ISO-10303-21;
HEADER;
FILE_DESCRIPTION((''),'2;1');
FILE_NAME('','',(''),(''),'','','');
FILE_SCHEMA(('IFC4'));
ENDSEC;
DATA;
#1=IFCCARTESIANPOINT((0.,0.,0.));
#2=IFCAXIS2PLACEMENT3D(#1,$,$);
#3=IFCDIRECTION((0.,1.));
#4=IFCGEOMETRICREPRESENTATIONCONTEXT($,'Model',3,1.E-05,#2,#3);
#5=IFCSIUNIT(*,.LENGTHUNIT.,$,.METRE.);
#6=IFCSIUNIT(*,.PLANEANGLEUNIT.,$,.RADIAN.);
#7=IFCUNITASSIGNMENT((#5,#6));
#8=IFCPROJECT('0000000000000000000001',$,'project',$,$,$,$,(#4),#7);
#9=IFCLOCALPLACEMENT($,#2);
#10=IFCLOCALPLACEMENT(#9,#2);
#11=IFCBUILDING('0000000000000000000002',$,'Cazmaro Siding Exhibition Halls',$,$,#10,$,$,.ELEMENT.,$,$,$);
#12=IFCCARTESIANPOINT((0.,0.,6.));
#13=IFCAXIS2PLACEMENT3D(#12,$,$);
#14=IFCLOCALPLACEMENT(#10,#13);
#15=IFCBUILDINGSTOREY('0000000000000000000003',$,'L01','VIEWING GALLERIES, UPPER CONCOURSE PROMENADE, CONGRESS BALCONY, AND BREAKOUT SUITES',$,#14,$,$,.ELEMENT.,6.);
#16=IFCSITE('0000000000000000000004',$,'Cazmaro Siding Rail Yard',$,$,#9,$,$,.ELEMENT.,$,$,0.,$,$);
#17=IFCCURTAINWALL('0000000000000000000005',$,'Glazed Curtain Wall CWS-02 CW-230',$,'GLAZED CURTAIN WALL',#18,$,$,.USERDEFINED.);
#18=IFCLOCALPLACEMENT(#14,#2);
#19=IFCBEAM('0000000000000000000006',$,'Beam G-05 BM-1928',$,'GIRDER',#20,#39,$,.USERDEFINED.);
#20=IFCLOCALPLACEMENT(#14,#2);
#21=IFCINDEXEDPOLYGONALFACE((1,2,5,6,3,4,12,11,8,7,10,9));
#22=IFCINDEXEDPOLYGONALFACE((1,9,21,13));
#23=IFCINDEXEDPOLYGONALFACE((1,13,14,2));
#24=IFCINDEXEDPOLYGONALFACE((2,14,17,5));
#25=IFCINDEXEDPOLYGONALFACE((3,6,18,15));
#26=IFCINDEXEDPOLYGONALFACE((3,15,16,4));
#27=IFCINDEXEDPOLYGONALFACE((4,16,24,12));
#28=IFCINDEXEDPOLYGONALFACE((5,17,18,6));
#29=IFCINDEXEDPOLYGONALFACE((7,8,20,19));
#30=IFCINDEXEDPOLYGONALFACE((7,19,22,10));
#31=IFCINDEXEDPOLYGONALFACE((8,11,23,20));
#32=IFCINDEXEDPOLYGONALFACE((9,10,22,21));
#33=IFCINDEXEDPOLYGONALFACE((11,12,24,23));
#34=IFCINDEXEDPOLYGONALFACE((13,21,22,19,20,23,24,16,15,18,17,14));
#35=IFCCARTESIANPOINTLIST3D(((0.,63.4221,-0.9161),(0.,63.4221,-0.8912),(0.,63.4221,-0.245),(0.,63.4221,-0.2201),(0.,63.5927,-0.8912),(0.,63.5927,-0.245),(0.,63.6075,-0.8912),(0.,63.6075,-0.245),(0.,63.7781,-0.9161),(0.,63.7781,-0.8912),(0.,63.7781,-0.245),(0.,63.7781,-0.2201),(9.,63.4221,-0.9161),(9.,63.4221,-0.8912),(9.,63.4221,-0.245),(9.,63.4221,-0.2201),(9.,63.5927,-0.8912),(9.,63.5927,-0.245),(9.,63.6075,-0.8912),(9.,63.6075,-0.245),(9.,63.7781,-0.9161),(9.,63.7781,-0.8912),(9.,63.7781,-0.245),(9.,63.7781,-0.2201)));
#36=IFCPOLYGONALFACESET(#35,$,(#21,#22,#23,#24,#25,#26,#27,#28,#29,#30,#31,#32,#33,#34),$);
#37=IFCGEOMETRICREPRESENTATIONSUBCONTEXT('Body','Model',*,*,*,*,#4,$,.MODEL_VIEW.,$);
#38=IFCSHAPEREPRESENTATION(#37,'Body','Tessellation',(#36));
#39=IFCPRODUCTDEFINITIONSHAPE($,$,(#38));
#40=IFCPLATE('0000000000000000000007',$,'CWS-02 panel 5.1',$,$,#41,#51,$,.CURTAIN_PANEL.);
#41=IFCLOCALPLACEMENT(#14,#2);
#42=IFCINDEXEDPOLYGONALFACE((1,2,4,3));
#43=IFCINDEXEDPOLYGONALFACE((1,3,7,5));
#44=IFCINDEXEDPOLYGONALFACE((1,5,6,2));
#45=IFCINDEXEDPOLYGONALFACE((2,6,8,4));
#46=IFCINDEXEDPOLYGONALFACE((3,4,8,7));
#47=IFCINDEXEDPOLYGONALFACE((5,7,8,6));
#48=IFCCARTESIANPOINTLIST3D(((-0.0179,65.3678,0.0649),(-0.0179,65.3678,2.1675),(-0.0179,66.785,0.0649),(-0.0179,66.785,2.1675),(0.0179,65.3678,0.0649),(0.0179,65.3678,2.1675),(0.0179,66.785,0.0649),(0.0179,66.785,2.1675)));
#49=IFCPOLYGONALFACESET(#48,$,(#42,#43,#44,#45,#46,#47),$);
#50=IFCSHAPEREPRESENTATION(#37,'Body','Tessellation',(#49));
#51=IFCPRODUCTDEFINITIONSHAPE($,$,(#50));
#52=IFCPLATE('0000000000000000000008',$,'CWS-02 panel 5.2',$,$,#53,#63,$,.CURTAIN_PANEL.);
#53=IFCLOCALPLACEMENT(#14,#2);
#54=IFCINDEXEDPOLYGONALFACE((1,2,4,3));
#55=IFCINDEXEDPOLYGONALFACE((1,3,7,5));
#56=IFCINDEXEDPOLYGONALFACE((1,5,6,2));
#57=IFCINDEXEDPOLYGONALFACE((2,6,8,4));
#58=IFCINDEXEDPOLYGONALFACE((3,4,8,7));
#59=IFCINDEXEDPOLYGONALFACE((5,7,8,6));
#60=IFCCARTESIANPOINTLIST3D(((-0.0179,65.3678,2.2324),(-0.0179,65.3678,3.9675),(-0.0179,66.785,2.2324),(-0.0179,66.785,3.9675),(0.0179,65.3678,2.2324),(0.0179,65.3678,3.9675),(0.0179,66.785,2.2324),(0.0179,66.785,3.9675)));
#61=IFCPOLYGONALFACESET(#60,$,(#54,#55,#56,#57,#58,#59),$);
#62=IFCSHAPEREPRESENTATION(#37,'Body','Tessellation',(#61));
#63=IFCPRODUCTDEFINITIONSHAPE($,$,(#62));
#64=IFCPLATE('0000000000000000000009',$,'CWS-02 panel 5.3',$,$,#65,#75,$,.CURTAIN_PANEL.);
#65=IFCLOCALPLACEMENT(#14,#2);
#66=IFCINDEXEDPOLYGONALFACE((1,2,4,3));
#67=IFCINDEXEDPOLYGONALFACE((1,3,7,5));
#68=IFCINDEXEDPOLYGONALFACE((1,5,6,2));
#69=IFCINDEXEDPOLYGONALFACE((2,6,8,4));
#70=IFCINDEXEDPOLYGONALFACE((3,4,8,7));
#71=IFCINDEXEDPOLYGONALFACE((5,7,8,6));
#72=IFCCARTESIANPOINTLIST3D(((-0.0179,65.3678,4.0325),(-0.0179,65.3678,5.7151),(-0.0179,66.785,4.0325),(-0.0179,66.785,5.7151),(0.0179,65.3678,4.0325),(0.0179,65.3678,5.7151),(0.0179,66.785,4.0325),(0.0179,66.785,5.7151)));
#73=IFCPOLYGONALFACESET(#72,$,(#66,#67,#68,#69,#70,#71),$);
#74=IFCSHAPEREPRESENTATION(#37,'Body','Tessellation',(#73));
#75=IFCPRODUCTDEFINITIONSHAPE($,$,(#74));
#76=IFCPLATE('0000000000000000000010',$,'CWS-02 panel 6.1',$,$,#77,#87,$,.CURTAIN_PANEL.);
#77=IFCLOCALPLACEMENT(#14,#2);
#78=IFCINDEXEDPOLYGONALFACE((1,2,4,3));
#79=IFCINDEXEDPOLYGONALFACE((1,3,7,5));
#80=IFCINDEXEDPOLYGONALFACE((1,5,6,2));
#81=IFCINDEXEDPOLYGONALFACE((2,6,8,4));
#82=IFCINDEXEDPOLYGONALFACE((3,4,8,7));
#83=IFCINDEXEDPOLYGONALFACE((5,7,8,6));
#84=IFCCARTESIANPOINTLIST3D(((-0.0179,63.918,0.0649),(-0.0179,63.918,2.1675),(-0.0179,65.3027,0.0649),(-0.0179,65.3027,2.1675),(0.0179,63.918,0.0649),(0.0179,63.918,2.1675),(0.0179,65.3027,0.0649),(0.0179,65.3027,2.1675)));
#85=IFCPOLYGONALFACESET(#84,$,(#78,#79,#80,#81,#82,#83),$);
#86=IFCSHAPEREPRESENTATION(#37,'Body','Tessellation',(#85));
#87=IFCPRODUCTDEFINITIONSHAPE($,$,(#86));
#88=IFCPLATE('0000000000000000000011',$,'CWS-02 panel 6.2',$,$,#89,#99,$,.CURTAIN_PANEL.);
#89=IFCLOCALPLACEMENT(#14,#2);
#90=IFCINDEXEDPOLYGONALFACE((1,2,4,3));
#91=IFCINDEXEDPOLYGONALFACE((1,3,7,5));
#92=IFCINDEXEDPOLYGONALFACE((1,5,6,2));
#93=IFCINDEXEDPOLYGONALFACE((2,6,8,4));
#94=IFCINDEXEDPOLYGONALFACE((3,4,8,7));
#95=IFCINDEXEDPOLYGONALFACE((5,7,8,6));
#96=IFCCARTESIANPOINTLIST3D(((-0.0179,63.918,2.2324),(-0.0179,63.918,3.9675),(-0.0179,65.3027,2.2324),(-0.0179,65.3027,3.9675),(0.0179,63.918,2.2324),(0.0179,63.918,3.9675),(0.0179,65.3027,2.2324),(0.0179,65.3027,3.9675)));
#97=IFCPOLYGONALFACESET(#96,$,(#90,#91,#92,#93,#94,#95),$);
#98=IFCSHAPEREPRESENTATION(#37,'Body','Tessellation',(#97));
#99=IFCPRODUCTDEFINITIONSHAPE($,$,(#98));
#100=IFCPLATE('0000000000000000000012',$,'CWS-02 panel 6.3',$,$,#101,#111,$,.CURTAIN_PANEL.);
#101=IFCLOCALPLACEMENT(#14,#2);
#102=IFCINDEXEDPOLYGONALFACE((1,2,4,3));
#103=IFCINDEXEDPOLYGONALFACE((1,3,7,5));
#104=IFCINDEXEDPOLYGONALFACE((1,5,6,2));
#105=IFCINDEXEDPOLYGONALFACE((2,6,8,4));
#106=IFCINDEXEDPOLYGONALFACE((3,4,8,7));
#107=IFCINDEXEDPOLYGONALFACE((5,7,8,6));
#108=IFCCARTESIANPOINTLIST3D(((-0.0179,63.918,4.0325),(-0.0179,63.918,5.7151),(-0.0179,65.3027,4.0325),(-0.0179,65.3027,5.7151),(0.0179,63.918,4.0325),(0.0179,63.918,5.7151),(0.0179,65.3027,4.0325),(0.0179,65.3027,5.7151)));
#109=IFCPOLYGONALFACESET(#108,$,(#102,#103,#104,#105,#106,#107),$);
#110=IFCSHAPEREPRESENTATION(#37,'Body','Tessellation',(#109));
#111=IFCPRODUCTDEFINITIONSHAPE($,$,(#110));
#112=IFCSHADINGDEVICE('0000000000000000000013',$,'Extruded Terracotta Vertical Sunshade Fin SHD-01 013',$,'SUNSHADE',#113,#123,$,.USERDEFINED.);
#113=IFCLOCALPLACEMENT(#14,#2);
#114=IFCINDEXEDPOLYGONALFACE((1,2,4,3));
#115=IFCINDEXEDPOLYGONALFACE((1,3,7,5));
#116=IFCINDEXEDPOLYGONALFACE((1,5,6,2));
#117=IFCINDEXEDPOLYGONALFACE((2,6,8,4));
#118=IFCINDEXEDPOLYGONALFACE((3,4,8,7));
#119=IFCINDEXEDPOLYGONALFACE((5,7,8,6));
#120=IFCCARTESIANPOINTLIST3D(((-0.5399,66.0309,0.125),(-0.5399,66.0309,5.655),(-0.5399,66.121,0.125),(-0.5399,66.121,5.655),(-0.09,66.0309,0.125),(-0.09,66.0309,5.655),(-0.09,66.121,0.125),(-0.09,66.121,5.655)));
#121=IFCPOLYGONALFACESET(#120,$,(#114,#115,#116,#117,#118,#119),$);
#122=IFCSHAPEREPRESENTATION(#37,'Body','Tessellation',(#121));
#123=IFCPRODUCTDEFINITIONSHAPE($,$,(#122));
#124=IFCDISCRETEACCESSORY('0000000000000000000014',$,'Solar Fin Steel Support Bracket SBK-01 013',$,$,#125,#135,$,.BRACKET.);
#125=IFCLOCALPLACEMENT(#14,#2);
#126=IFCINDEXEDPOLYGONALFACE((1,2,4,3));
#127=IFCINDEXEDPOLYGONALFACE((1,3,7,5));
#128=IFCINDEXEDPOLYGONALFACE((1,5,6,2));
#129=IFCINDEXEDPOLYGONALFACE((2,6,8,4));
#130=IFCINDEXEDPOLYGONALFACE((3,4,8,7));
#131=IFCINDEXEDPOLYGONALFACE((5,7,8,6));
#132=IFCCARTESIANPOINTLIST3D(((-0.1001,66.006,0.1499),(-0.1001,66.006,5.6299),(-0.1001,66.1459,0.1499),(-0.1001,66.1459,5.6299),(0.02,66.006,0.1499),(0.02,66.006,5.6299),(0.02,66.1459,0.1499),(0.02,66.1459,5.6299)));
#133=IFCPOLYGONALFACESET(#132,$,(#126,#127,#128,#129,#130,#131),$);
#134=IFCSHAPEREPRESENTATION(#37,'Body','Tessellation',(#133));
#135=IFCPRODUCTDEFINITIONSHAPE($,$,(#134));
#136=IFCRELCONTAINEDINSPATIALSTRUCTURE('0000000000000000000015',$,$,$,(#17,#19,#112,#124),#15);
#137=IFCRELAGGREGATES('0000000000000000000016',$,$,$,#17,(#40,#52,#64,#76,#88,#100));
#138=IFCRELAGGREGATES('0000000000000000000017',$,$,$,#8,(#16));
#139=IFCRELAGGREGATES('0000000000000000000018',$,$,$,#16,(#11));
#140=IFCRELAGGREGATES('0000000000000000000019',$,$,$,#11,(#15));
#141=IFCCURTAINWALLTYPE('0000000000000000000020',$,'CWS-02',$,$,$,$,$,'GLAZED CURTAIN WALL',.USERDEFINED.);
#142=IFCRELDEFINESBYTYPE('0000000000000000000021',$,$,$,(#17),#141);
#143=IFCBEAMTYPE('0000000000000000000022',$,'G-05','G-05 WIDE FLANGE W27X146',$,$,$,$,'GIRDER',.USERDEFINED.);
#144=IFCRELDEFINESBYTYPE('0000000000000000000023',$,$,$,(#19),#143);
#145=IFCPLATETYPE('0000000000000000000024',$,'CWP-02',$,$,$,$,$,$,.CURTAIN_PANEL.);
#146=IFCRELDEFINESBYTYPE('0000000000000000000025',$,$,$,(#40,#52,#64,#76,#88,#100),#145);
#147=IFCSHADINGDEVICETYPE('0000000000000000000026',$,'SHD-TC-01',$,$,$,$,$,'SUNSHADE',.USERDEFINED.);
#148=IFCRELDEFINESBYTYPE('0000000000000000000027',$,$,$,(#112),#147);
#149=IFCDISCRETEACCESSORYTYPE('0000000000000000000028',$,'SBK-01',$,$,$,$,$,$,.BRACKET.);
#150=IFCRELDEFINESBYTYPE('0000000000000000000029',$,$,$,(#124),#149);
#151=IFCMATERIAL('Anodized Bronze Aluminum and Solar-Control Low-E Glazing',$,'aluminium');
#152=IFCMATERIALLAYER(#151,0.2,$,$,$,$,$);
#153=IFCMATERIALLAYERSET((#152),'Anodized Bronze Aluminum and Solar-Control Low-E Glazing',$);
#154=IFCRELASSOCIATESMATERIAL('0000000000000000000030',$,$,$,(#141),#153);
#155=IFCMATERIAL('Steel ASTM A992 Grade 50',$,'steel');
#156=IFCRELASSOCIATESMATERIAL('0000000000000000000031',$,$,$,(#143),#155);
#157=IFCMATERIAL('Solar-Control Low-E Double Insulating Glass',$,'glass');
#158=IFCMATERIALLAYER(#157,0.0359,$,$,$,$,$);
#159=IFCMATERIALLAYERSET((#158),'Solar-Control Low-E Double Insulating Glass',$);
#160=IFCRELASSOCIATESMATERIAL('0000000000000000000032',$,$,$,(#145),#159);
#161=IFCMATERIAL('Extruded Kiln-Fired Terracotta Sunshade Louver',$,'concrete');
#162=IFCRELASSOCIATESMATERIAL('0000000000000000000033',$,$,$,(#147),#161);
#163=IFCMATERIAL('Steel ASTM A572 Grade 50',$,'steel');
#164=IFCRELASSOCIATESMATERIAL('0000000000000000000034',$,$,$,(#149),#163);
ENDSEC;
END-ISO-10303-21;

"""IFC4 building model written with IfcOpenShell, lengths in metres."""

from ifc_helpers import new_model, si_unit, direction, frame, origin, origin_2d, place, context, subcontext, project, spatial, rectangle, i_section, extrude, material, layer, layer_set, material_profile, profile_set, type_object, element, aggregate, save


model = new_model("IFC4")

# Units and contexts
model_context = context("Model", 3, precision=1e-05, world=origin(), true_north=direction((0.0, 1.0)))
body_context = subcontext(model_context, "Body", "Model", "MODEL_VIEW")
ifc_project = project(units=[si_unit("LENGTHUNIT", "METRE"), si_unit("PLANEANGLEUNIT", "RADIAN")], contexts=[model_context])

# Site, building, storey
site_placement = place(None, origin())
site = spatial("IfcSite", under=ifc_project, at=site_placement, Name="Cazmaro Siding Rail Yard", CompositionType="ELEMENT", RefElevation=0.0)
building_placement = place(site_placement, origin())
building = spatial("IfcBuilding", under=site, at=building_placement, Name="Cazmaro Siding Exhibition Halls", CompositionType="ELEMENT")
storey_placement = place(building_placement, frame((0.0, 0.0, 6.0)))
storey = spatial("IfcBuildingStorey", under=building, at=storey_placement, Name="L01", Description="VIEWING GALLERIES, UPPER CONCOURSE PROMENADE, CONGRESS BALCONY, AND BREAKOUT SUITES", CompositionType="ELEMENT", Elevation=6.0)

# Curtain wall
ifc_material_1 = material(Name="Anodized Bronze Aluminum and Solar-Control Low-E Glazing", Category="aluminium")
ifc_layer_1 = layer(ifc_material_1, 0.2)
ifc_layer_set_1 = layer_set([ifc_layer_1], Name="Anodized Bronze Aluminum and Solar-Control Low-E Glazing")
curtain_wall_type = type_object("IfcCurtainWallType", Name="CWS-02", ElementType="GLAZED CURTAIN WALL", PredefinedType="USERDEFINED", material=ifc_layer_set_1)
curtain_wall_placement = place(storey_placement, origin())
curtain_wall = element("IfcCurtainWall", 1, at=curtain_wall_placement, inside=storey, type_object=curtain_wall_type, Name="Glazed Curtain Wall CWS-02 CW-230", ObjectType="GLAZED CURTAIN WALL", PredefinedType="USERDEFINED")

# Beam
ifc_material_2 = material(Name="Steel ASTM A992 Grade 50", Category="steel")
ifc_material_profile_1 = material_profile(ifc_material_2, i_section(OverallWidth=0.356, OverallDepth=0.696, WebThickness=0.0149, FlangeThickness=0.0249, at=origin_2d()), Name="W27X146")
ifc_profile_set_1 = profile_set([ifc_material_profile_1], Name="Steel ASTM A992 Grade 50")
beam_type_1 = type_object("IfcBeamType", Name="G-05", Description="G-05 WIDE FLANGE W27X146", ElementType="GIRDER", PredefinedType="USERDEFINED", material=ifc_profile_set_1)
beam_1_placement = place(storey_placement, frame((0.0, 63.6001, -0.5681), z_axis=(1.0, 0.0, 0.0), x_axis=(0.0, 1.0, 0.0)))
element("IfcBeam", 2, at=beam_1_placement, inside=storey, type_object=beam_type_1, Name="Beam G-05 BM-1928", ObjectType="GIRDER", PredefinedType="USERDEFINED", context=body_context, shape_type="SweptSolid", body=[
    extrude(i_section(OverallWidth=0.356, OverallDepth=0.696, WebThickness=0.0149, FlangeThickness=0.0249, at=origin_2d()), origin(), (0.0, 0.0, 1.0), 9.0),
])

# Plates
ifc_material_3 = material(Name="Solar-Control Low-E Double Insulating Glass", Category="glass")
ifc_layer_2 = layer(ifc_material_3, 0.0359)
ifc_layer_set_2 = layer_set([ifc_layer_2], Name="Solar-Control Low-E Double Insulating Glass")
plate_type = type_object("IfcPlateType", Name="CWP-02", PredefinedType="CURTAIN_PANEL", material=ifc_layer_set_2)
plate_1_placement = place(storey_placement, frame((0.0, 66.0764, 0.0649), z_axis=(0.0, 0.0, 1.0), x_axis=(0.0, -1.0, 0.0)))
plate_1 = element("IfcPlate", 3, at=plate_1_placement, type_object=plate_type, Name="CWS-02 panel 5.1", PredefinedType="CURTAIN_PANEL", context=body_context, shape_type="SweptSolid", body=[
    extrude(rectangle(XDim=1.4172, YDim=0.0359, at=origin_2d()), origin(), (0.0, 0.0, 1.0), 2.1025),
])
plate_2_placement = place(storey_placement, frame((0.0, 66.0764, 2.2324), z_axis=(0.0, 0.0, 1.0), x_axis=(0.0, -1.0, 0.0)))
plate_2 = element("IfcPlate", 4, at=plate_2_placement, type_object=plate_type, Name="CWS-02 panel 5.2", PredefinedType="CURTAIN_PANEL", context=body_context, shape_type="SweptSolid", body=[
    extrude(rectangle(XDim=1.4172, YDim=0.0359, at=origin_2d()), origin(), (0.0, 0.0, 1.0), 1.7351),
])
plate_3_placement = place(storey_placement, frame((0.0, 66.0764, 4.0325), z_axis=(0.0, 0.0, 1.0), x_axis=(0.0, -1.0, 0.0)))
plate_3 = element("IfcPlate", 5, at=plate_3_placement, type_object=plate_type, Name="CWS-02 panel 5.3", PredefinedType="CURTAIN_PANEL", context=body_context, shape_type="SweptSolid", body=[
    extrude(rectangle(XDim=1.4172, YDim=0.0359, at=origin_2d()), origin(), (0.0, 0.0, 1.0), 1.6826),
])
plate_4_placement = place(storey_placement, frame((0.0, 64.6104, 0.0649), z_axis=(0.0, 0.0, 1.0), x_axis=(0.0, -1.0, 0.0)))
plate_4 = element("IfcPlate", 6, at=plate_4_placement, type_object=plate_type, Name="CWS-02 panel 6.1", PredefinedType="CURTAIN_PANEL", context=body_context, shape_type="SweptSolid", body=[
    extrude(rectangle(XDim=1.3848, YDim=0.0359, at=origin_2d()), origin(), (0.0, 0.0, 1.0), 2.1025),
])
plate_5_placement = place(storey_placement, frame((0.0, 64.6104, 2.2324), z_axis=(0.0, 0.0, 1.0), x_axis=(0.0, -1.0, 0.0)))
plate_5 = element("IfcPlate", 7, at=plate_5_placement, type_object=plate_type, Name="CWS-02 panel 6.2", PredefinedType="CURTAIN_PANEL", context=body_context, shape_type="SweptSolid", body=[
    extrude(rectangle(XDim=1.3848, YDim=0.0359, at=origin_2d()), origin(), (0.0, 0.0, 1.0), 1.7351),
])
plate_6_placement = place(storey_placement, frame((0.0, 64.6104, 4.0325), z_axis=(0.0, 0.0, 1.0), x_axis=(0.0, -1.0, 0.0)))
plate_6 = element("IfcPlate", 8, at=plate_6_placement, type_object=plate_type, Name="CWS-02 panel 6.3", PredefinedType="CURTAIN_PANEL", context=body_context, shape_type="SweptSolid", body=[
    extrude(rectangle(XDim=1.3848, YDim=0.0359, at=origin_2d()), origin(), (0.0, 0.0, 1.0), 1.6826),
])
aggregate(curtain_wall, [plate_1, plate_2, plate_3, plate_4, plate_5, plate_6])

# Shading device
ifc_material_4 = material(Name="Extruded Kiln-Fired Terracotta Sunshade Louver", Category="concrete")
shading_device_type = type_object("IfcShadingDeviceType", Name="SHD-TC-01", ElementType="SUNSHADE", PredefinedType="USERDEFINED", material=ifc_material_4)
shading_device_placement = place(storey_placement, frame((-0.3149, 66.0759, 0.125), z_axis=(0.0, 0.0, 1.0), x_axis=(1.0, 0.0, 0.0)))
element("IfcShadingDevice", 9, at=shading_device_placement, inside=storey, type_object=shading_device_type, Name="Extruded Terracotta Vertical Sunshade Fin SHD-01 013", ObjectType="SUNSHADE", PredefinedType="USERDEFINED", context=body_context, shape_type="SweptSolid", body=[
    extrude(rectangle(XDim=0.45, YDim=0.0901, at=origin_2d()), origin(), (0.0, 0.0, 1.0), 5.53),
])

# Discrete accessory
ifc_material_5 = material(Name="Steel ASTM A572 Grade 50", Category="steel")
discrete_accessory_type = type_object("IfcDiscreteAccessoryType", Name="SBK-01", PredefinedType="BRACKET", material=ifc_material_5)
discrete_accessory_placement = place(storey_placement, frame((-0.04, 66.0759, 0.1499), z_axis=(0.0, 0.0, 1.0), x_axis=(1.0, 0.0, 0.0)))
element("IfcDiscreteAccessory", 10, at=discrete_accessory_placement, inside=storey, type_object=discrete_accessory_type, Name="Solar Fin Steel Support Bracket SBK-01 013", PredefinedType="BRACKET", context=body_context, shape_type="SweptSolid", body=[
    extrude(rectangle(XDim=0.1201, YDim=0.1399, at=origin_2d()), origin(), (0.0, 0.0, 1.0), 5.48),
])

save(model, "model.ifc")
